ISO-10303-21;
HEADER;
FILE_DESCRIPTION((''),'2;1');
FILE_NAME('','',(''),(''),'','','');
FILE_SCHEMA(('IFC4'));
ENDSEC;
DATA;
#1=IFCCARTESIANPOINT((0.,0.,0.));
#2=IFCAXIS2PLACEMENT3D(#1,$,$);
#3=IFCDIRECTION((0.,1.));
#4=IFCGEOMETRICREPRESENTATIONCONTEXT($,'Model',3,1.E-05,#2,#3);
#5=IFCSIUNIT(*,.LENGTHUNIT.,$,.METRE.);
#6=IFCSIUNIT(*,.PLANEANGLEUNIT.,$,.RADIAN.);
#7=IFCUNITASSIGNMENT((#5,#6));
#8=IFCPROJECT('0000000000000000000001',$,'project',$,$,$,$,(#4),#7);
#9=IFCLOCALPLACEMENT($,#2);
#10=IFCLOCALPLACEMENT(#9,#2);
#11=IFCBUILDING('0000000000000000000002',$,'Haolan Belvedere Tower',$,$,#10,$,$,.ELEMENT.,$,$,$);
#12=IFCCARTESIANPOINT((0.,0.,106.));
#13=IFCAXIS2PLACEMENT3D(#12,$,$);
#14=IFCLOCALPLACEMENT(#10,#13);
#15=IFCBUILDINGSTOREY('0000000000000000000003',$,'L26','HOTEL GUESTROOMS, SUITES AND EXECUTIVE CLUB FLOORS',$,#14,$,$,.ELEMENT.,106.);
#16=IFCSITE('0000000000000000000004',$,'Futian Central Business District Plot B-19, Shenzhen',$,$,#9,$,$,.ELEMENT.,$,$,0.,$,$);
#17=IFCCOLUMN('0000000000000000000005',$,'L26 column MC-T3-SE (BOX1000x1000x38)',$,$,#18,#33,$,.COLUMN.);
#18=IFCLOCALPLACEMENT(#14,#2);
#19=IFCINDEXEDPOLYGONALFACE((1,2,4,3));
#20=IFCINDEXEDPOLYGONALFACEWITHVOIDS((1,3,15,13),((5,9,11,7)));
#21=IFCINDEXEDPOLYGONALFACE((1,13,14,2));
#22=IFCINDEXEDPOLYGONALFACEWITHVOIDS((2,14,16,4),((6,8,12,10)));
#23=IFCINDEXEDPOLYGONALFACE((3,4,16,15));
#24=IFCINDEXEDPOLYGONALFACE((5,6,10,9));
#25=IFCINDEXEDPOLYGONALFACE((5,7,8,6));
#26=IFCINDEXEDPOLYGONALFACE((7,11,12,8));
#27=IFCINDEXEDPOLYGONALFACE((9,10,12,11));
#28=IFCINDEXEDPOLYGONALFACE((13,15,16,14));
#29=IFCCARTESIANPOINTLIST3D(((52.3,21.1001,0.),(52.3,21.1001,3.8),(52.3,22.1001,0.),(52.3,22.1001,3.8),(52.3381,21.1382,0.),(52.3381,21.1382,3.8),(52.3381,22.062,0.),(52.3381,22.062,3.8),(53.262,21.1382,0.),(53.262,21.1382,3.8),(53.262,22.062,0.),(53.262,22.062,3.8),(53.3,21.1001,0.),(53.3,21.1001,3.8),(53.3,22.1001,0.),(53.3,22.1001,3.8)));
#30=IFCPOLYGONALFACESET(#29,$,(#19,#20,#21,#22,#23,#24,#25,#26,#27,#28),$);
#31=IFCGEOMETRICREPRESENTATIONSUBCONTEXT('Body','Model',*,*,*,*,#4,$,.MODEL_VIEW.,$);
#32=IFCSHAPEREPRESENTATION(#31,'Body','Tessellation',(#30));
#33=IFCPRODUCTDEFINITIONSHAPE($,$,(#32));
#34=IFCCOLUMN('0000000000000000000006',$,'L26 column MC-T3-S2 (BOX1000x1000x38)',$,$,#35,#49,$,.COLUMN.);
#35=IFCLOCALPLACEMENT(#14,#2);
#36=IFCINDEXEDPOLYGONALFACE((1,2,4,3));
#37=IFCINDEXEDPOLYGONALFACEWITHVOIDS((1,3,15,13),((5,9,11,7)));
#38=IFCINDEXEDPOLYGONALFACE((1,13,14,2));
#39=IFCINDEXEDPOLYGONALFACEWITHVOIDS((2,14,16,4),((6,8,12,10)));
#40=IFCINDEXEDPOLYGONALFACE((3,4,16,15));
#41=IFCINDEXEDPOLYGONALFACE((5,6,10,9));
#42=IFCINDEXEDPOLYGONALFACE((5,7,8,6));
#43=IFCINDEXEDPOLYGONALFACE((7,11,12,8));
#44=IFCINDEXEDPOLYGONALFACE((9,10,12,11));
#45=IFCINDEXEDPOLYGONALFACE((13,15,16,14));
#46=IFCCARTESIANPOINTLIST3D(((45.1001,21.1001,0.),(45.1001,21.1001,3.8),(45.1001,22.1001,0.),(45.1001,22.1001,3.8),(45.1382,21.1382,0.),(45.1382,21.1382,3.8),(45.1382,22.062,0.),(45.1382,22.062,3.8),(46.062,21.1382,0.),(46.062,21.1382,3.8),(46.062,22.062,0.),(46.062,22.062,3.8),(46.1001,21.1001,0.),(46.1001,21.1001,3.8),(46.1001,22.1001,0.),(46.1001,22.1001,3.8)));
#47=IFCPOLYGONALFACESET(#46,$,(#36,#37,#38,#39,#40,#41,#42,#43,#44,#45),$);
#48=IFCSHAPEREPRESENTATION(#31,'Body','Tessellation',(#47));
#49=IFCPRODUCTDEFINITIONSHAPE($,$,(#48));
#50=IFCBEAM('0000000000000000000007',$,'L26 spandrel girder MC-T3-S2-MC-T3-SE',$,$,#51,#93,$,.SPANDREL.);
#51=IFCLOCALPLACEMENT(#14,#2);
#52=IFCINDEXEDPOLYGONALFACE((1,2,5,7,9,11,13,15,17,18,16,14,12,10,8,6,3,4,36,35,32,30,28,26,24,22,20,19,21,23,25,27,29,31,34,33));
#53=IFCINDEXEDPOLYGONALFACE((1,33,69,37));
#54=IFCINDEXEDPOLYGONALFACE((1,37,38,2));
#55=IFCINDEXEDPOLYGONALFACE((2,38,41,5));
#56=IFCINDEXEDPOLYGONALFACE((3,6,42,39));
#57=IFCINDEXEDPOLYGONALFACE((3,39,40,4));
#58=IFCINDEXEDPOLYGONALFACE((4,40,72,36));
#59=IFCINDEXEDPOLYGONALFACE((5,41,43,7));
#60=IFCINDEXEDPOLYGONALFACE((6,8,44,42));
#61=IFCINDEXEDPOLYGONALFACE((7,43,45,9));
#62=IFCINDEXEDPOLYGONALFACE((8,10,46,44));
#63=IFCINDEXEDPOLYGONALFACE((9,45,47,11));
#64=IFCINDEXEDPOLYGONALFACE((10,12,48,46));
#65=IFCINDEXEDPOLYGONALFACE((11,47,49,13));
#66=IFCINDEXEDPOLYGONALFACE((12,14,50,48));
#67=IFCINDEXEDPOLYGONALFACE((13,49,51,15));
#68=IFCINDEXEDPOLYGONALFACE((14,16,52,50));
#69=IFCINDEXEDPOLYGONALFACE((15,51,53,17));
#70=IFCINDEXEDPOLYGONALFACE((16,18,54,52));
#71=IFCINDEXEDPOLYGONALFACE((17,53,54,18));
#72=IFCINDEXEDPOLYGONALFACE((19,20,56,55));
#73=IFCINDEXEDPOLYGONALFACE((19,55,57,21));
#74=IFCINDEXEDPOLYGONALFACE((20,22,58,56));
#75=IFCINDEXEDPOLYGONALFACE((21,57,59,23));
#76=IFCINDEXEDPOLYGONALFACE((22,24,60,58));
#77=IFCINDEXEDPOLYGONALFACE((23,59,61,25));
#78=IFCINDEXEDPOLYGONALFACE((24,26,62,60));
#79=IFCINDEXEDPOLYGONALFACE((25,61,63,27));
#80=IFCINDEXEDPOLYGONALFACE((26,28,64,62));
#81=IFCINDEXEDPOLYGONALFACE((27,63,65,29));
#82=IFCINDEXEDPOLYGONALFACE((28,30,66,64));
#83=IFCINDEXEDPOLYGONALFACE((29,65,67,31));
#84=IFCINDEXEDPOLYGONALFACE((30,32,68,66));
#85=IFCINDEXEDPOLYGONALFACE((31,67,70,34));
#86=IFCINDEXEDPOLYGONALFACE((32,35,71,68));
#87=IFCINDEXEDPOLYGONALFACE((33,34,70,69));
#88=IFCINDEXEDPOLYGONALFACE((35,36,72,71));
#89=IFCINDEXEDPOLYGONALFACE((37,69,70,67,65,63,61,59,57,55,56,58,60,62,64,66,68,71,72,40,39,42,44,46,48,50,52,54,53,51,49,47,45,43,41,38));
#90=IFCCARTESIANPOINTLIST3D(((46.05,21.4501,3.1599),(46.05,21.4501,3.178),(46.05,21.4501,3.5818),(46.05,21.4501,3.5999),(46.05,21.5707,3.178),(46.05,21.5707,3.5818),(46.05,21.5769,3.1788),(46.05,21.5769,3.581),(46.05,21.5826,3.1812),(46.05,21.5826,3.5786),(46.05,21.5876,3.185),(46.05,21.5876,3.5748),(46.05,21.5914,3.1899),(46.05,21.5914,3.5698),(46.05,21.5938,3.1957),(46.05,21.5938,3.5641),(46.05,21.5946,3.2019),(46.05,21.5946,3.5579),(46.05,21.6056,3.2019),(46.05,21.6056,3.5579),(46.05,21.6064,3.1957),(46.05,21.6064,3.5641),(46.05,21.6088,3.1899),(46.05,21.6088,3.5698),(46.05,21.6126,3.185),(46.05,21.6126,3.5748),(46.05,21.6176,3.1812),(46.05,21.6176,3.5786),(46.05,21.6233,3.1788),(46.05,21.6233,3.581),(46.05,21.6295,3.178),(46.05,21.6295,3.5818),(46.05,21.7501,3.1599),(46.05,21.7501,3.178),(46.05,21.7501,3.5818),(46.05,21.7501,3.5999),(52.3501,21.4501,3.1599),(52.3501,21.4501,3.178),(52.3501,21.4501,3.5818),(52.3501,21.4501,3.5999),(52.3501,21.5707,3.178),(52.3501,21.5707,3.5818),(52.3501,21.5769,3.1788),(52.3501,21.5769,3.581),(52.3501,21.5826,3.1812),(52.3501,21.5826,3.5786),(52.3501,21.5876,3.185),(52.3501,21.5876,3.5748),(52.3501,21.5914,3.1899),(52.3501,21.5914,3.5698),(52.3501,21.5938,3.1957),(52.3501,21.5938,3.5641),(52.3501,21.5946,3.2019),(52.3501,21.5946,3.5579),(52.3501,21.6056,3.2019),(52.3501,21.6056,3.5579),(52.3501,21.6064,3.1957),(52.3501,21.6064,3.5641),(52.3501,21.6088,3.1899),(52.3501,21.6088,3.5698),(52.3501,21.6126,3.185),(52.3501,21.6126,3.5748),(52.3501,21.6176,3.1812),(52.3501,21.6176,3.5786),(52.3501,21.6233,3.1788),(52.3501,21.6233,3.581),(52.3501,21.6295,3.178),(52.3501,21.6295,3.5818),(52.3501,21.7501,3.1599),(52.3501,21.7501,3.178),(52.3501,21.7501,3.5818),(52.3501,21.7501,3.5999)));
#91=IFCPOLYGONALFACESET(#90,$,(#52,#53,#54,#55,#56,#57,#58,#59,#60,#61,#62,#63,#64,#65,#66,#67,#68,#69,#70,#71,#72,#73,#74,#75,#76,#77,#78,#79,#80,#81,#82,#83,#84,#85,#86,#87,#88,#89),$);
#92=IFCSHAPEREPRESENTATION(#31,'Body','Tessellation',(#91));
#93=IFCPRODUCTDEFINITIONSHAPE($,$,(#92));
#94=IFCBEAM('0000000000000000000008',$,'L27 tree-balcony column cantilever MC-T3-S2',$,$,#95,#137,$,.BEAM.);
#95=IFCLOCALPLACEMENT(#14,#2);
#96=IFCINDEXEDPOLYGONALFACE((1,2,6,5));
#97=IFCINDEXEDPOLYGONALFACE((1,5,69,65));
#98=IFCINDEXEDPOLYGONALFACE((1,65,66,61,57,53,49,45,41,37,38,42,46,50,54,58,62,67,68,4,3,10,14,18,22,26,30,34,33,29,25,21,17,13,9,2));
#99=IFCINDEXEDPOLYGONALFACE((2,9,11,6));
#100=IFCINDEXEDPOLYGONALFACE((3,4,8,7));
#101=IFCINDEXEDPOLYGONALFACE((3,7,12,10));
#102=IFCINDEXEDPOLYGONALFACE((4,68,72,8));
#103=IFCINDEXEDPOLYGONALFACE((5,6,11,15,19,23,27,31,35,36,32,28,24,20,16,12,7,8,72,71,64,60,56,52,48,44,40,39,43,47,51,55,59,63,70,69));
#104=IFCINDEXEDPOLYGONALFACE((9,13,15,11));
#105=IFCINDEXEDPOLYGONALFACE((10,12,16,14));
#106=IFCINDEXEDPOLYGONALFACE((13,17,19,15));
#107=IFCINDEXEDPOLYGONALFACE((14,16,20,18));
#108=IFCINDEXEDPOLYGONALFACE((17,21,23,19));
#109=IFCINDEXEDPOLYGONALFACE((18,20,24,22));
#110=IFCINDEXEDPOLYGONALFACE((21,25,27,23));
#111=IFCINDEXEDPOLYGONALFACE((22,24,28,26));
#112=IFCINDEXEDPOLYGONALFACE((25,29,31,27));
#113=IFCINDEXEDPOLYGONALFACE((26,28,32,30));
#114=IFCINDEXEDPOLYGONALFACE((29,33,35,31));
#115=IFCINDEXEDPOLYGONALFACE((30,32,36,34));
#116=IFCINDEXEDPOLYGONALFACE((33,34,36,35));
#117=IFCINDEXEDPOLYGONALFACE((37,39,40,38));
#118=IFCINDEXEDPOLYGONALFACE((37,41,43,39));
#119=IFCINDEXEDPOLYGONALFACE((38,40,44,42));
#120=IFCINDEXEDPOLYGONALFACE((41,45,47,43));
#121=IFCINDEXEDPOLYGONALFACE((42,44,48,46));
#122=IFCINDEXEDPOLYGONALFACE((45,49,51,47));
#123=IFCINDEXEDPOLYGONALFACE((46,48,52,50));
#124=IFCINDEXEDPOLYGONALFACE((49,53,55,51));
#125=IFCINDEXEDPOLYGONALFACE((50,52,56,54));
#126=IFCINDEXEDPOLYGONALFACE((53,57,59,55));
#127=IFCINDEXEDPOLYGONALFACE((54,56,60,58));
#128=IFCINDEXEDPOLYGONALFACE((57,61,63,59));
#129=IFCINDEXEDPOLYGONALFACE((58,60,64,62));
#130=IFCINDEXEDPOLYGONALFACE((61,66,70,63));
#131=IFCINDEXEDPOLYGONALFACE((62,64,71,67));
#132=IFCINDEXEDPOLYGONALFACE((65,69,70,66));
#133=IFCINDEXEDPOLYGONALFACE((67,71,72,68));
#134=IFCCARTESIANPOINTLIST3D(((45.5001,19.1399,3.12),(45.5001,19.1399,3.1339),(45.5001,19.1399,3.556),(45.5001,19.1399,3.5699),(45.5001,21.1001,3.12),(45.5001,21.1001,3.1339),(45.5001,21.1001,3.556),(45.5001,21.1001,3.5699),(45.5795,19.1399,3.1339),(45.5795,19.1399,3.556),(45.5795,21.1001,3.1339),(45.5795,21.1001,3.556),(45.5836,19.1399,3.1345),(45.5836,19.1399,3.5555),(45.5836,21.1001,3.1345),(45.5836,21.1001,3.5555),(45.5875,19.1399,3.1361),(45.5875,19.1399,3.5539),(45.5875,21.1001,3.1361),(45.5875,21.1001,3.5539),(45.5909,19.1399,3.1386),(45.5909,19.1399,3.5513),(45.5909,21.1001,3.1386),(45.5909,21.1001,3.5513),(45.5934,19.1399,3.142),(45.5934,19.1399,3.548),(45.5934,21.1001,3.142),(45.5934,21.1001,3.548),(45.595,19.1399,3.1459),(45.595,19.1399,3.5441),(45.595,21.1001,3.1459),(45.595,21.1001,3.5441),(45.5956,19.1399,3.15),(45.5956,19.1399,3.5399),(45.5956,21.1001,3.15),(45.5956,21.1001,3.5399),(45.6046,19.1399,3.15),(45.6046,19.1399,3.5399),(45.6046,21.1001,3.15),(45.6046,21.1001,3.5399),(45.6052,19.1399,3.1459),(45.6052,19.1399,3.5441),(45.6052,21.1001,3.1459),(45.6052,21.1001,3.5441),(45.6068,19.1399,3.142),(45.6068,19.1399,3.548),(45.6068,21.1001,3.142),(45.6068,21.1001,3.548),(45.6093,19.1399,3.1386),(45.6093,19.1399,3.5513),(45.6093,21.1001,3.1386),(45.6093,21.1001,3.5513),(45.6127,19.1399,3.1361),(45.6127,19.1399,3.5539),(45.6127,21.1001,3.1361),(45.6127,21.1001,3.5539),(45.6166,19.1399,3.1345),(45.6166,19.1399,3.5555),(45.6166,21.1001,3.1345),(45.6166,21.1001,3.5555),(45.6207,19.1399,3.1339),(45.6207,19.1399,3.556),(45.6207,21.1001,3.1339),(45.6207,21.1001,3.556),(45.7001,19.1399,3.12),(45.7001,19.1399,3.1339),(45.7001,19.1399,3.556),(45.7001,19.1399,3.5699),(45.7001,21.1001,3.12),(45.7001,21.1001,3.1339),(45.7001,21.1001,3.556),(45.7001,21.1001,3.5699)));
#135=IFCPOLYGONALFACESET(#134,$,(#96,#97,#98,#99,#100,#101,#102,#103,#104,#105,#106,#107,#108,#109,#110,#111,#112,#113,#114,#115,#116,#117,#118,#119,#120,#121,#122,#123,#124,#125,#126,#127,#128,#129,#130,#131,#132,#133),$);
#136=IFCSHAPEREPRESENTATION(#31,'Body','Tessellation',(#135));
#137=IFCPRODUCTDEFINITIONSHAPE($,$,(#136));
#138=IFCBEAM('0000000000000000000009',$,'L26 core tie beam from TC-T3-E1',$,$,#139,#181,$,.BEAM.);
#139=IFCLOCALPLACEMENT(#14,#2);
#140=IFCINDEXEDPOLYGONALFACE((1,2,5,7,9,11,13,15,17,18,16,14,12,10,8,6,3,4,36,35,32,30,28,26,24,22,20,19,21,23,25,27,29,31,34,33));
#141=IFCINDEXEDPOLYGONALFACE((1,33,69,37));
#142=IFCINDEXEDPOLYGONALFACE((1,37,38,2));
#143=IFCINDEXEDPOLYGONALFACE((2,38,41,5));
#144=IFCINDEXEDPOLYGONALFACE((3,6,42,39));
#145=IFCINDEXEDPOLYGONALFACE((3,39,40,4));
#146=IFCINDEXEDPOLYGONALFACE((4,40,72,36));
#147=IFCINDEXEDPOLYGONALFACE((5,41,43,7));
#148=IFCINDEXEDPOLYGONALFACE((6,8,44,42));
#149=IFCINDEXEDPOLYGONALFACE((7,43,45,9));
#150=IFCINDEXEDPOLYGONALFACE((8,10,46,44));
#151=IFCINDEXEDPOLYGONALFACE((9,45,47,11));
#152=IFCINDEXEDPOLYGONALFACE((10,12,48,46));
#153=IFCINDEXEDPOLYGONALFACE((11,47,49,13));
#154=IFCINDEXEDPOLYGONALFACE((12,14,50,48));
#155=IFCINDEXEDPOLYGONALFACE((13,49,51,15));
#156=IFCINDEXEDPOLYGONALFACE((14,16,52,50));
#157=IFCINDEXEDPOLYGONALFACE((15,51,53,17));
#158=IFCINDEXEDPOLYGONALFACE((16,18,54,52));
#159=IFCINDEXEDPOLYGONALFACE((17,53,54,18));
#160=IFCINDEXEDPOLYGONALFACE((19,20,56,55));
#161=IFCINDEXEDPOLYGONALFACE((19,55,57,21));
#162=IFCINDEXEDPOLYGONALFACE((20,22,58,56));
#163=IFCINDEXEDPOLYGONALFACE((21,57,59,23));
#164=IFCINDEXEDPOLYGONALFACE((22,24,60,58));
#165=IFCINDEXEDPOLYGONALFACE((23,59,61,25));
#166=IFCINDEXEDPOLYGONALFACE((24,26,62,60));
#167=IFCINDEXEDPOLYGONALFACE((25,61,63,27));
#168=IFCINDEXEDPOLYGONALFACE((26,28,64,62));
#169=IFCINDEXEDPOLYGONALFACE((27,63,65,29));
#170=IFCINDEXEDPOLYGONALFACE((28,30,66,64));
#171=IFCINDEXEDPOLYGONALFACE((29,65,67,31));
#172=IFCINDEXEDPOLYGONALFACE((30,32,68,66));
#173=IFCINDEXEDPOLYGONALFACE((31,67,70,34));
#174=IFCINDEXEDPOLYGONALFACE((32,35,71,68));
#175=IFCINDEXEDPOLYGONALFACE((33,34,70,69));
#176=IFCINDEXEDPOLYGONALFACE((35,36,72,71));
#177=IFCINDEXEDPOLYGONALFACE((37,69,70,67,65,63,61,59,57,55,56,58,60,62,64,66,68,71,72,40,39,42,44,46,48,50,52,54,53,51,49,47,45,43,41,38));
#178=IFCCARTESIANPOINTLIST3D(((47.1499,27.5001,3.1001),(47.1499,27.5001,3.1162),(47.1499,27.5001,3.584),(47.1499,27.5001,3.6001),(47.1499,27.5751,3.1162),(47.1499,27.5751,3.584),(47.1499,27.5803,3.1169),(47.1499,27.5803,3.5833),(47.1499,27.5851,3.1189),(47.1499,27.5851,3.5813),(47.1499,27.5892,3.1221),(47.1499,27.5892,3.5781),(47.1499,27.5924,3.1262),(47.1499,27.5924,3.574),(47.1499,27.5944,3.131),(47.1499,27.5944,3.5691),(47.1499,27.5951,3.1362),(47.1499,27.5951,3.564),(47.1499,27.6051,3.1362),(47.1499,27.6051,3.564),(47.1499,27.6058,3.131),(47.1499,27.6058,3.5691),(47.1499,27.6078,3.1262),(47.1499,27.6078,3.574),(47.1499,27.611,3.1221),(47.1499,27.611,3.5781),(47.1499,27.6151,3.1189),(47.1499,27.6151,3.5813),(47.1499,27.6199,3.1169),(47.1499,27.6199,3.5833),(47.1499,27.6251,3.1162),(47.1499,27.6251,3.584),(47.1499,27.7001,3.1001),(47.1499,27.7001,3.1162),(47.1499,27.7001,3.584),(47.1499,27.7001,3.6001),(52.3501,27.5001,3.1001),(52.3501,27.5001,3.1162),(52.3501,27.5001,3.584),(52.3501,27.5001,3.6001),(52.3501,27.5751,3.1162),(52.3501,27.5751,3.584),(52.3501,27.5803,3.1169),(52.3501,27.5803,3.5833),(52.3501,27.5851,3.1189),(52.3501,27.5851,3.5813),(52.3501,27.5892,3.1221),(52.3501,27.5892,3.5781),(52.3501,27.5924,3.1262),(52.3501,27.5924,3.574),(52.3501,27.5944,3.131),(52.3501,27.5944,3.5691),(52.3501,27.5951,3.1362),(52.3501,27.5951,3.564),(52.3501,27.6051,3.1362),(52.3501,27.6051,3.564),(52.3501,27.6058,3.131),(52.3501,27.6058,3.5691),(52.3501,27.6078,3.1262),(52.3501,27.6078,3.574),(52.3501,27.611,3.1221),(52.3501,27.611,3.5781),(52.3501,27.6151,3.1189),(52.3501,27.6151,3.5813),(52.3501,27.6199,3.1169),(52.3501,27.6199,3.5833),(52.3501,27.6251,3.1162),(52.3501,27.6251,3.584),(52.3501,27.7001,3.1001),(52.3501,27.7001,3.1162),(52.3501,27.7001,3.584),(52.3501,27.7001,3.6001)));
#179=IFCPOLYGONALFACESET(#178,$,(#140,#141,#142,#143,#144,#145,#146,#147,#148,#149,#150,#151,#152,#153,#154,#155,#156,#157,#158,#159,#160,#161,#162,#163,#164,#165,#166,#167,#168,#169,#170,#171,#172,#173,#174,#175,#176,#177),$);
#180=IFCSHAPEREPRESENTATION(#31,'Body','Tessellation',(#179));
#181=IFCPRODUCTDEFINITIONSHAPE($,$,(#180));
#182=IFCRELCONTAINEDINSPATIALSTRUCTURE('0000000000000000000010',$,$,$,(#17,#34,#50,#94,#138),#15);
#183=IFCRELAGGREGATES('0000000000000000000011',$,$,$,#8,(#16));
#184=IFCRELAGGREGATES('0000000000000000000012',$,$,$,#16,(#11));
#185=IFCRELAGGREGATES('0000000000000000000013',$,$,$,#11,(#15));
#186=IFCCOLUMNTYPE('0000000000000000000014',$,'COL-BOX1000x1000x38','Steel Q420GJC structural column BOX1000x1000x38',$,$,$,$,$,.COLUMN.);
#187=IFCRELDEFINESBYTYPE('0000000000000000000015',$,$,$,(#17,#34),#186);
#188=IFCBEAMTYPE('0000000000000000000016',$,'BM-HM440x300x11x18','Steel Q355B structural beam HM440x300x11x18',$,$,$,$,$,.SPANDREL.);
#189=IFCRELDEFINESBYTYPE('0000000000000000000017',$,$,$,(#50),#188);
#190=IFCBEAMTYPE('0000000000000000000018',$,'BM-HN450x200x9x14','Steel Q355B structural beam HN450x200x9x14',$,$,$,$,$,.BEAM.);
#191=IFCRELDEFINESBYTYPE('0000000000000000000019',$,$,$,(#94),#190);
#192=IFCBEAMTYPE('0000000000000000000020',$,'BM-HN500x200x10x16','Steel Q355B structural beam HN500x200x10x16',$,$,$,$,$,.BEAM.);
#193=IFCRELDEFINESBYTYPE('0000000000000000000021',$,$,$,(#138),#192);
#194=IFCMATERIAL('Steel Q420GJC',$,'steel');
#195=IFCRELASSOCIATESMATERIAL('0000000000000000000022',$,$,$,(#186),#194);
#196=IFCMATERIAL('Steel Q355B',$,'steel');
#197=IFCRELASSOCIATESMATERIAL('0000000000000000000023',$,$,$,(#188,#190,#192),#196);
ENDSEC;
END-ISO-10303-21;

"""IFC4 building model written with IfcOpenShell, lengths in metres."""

from ifc_helpers import new_model, si_unit, direction, frame, origin, origin_2d, place, context, subcontext, project, spatial, hollow_rectangle, i_section, extrude, material, material_profile, profile_set, type_object, element, save


model = new_model("IFC4")

# Units and contexts
model_context = context("Model", 3, precision=1e-05, world=origin(), true_north=direction((0.0, 1.0)))
body_context = subcontext(model_context, "Body", "Model", "MODEL_VIEW")
ifc_project = project(units=[si_unit("LENGTHUNIT", "METRE"), si_unit("PLANEANGLEUNIT", "RADIAN")], contexts=[model_context])

# Site, building, storey
site_placement = place(None, origin())
site = spatial("IfcSite", under=ifc_project, at=site_placement, Name="Futian Central Business District Plot B-19, Shenzhen", CompositionType="ELEMENT", RefElevation=0.0)
building_placement = place(site_placement, origin())
building = spatial("IfcBuilding", under=site, at=building_placement, Name="Haolan Belvedere Tower", CompositionType="ELEMENT")
storey_placement = place(building_placement, frame((0.0, 0.0, 106.0)))
storey = spatial("IfcBuildingStorey", under=building, at=storey_placement, Name="L26", Description="HOTEL GUESTROOMS, SUITES AND EXECUTIVE CLUB FLOORS", CompositionType="ELEMENT", Elevation=106.0)

# Columns
ifc_material_1 = material(Name="Steel Q420GJC", Category="steel")
ifc_material_profile_1 = material_profile(ifc_material_1, hollow_rectangle(XDim=1.0, YDim=1.0, WallThickness=0.0381, at=origin_2d()), Name="Steel Q420GJC")
ifc_profile_set_1 = profile_set([ifc_material_profile_1], Name="Steel Q420GJC")
column_type = type_object("IfcColumnType", Name="COL-BOX1000x1000x38", Description="Steel Q420GJC structural column BOX1000x1000x38", PredefinedType="COLUMN", material=ifc_profile_set_1)
for number, where, z_axis, x_axis, name in (
    (1, (52.8, 21.6001, 0.0), (0.0, 0.0, 1.0), (1.0, 0.0, 0.0), "L26 column MC-T3-SE (BOX1000x1000x38)"),
    (2, (45.6001, 21.6001, 0.0), (0.0, 0.0, 1.0), (1.0, 0.0, 0.0), "L26 column MC-T3-S2 (BOX1000x1000x38)"),
):
    element("IfcColumn", number, at=place(storey_placement, frame(where, z_axis=z_axis, x_axis=x_axis)), inside=storey, type_object=column_type, Name=name, PredefinedType="COLUMN", context=body_context, shape_type="SweptSolid", body=[
        extrude(hollow_rectangle(XDim=1.0, YDim=1.0, WallThickness=0.0381, at=origin_2d()), origin(), (0.0, 0.0, 1.0), 3.8),
    ])

# Beams
ifc_material_2 = material(Name="Steel Q355B", Category="steel")
ifc_material_profile_2 = material_profile(ifc_material_2, i_section(OverallWidth=0.3, OverallDepth=0.4399, WebThickness=0.011, FlangeThickness=0.0181, FilletRadius=0.0239, at=origin_2d()), Name="Steel Q355B")
ifc_profile_set_2 = profile_set([ifc_material_profile_2], Name="Steel Q355B")
beam_type_1 = type_object("IfcBeamType", Name="BM-HM440x300x11x18", Description="Steel Q355B structural beam HM440x300x11x18", PredefinedType="SPANDREL", material=ifc_profile_set_2)
beam_1_placement = place(storey_placement, frame((46.05, 21.6001, 3.3799), z_axis=(1.0, 0.0, 0.0), x_axis=(0.0, 1.0, 0.0)))
element("IfcBeam", 3, at=beam_1_placement, inside=storey, type_object=beam_type_1, Name="L26 spandrel girder MC-T3-S2-MC-T3-SE", PredefinedType="SPANDREL", context=body_context, shape_type="SweptSolid", body=[
    extrude(i_section(OverallWidth=0.3, OverallDepth=0.4399, WebThickness=0.011, FlangeThickness=0.0181, FilletRadius=0.0239, at=origin_2d()), origin(), (0.0, 0.0, 1.0), 6.3),
])
ifc_material_profile_3 = material_profile(ifc_material_2, i_section(OverallWidth=0.2, OverallDepth=0.45, WebThickness=0.009, FlangeThickness=0.0139, FilletRadius=0.0161, at=origin_2d()), Name="Steel Q355B")
ifc_profile_set_3 = profile_set([ifc_material_profile_3], Name="Steel Q355B")
beam_type_2 = type_object("IfcBeamType", Name="BM-HN450x200x9x14", Description="Steel Q355B structural beam HN450x200x9x14", PredefinedType="BEAM", material=ifc_profile_set_3)
beam_2_placement = place(storey_placement, frame((45.6001, 21.1001, 3.345), z_axis=(0.0, -1.0, 0.0), x_axis=(1.0, 0.0, 0.0)))
element("IfcBeam", 4, at=beam_2_placement, inside=storey, type_object=beam_type_2, Name="L27 tree-balcony column cantilever MC-T3-S2", PredefinedType="BEAM", context=body_context, shape_type="SweptSolid", body=[
    extrude(i_section(OverallWidth=0.2, OverallDepth=0.45, WebThickness=0.009, FlangeThickness=0.0139, FilletRadius=0.0161, at=origin_2d()), origin(), (0.0, 0.0, 1.0), 1.9602),
])
ifc_material_profile_4 = material_profile(ifc_material_2, i_section(OverallWidth=0.2, OverallDepth=0.5, WebThickness=0.01, FlangeThickness=0.0161, FilletRadius=0.02, at=origin_2d()), Name="Steel Q355B")
ifc_profile_set_4 = profile_set([ifc_material_profile_4], Name="Steel Q355B")
beam_type_3 = type_object("IfcBeamType", Name="BM-HN500x200x10x16", Description="Steel Q355B structural beam HN500x200x10x16", PredefinedType="BEAM", material=ifc_profile_set_4)
beam_3_placement = place(storey_placement, frame((52.3501, 27.6001, 3.3501), z_axis=(-1.0, 0.0, 0.0), x_axis=(0.0, -1.0, 0.0)))
element("IfcBeam", 5, at=beam_3_placement, inside=storey, type_object=beam_type_3, Name="L26 core tie beam from TC-T3-E1", PredefinedType="BEAM", context=body_context, shape_type="SweptSolid", body=[
    extrude(i_section(OverallWidth=0.2, OverallDepth=0.5, WebThickness=0.01, FlangeThickness=0.0161, FilletRadius=0.02, at=origin_2d()), origin(), (0.0, 0.0, 1.0), 5.2002),
])

save(model, "model.ifc")
